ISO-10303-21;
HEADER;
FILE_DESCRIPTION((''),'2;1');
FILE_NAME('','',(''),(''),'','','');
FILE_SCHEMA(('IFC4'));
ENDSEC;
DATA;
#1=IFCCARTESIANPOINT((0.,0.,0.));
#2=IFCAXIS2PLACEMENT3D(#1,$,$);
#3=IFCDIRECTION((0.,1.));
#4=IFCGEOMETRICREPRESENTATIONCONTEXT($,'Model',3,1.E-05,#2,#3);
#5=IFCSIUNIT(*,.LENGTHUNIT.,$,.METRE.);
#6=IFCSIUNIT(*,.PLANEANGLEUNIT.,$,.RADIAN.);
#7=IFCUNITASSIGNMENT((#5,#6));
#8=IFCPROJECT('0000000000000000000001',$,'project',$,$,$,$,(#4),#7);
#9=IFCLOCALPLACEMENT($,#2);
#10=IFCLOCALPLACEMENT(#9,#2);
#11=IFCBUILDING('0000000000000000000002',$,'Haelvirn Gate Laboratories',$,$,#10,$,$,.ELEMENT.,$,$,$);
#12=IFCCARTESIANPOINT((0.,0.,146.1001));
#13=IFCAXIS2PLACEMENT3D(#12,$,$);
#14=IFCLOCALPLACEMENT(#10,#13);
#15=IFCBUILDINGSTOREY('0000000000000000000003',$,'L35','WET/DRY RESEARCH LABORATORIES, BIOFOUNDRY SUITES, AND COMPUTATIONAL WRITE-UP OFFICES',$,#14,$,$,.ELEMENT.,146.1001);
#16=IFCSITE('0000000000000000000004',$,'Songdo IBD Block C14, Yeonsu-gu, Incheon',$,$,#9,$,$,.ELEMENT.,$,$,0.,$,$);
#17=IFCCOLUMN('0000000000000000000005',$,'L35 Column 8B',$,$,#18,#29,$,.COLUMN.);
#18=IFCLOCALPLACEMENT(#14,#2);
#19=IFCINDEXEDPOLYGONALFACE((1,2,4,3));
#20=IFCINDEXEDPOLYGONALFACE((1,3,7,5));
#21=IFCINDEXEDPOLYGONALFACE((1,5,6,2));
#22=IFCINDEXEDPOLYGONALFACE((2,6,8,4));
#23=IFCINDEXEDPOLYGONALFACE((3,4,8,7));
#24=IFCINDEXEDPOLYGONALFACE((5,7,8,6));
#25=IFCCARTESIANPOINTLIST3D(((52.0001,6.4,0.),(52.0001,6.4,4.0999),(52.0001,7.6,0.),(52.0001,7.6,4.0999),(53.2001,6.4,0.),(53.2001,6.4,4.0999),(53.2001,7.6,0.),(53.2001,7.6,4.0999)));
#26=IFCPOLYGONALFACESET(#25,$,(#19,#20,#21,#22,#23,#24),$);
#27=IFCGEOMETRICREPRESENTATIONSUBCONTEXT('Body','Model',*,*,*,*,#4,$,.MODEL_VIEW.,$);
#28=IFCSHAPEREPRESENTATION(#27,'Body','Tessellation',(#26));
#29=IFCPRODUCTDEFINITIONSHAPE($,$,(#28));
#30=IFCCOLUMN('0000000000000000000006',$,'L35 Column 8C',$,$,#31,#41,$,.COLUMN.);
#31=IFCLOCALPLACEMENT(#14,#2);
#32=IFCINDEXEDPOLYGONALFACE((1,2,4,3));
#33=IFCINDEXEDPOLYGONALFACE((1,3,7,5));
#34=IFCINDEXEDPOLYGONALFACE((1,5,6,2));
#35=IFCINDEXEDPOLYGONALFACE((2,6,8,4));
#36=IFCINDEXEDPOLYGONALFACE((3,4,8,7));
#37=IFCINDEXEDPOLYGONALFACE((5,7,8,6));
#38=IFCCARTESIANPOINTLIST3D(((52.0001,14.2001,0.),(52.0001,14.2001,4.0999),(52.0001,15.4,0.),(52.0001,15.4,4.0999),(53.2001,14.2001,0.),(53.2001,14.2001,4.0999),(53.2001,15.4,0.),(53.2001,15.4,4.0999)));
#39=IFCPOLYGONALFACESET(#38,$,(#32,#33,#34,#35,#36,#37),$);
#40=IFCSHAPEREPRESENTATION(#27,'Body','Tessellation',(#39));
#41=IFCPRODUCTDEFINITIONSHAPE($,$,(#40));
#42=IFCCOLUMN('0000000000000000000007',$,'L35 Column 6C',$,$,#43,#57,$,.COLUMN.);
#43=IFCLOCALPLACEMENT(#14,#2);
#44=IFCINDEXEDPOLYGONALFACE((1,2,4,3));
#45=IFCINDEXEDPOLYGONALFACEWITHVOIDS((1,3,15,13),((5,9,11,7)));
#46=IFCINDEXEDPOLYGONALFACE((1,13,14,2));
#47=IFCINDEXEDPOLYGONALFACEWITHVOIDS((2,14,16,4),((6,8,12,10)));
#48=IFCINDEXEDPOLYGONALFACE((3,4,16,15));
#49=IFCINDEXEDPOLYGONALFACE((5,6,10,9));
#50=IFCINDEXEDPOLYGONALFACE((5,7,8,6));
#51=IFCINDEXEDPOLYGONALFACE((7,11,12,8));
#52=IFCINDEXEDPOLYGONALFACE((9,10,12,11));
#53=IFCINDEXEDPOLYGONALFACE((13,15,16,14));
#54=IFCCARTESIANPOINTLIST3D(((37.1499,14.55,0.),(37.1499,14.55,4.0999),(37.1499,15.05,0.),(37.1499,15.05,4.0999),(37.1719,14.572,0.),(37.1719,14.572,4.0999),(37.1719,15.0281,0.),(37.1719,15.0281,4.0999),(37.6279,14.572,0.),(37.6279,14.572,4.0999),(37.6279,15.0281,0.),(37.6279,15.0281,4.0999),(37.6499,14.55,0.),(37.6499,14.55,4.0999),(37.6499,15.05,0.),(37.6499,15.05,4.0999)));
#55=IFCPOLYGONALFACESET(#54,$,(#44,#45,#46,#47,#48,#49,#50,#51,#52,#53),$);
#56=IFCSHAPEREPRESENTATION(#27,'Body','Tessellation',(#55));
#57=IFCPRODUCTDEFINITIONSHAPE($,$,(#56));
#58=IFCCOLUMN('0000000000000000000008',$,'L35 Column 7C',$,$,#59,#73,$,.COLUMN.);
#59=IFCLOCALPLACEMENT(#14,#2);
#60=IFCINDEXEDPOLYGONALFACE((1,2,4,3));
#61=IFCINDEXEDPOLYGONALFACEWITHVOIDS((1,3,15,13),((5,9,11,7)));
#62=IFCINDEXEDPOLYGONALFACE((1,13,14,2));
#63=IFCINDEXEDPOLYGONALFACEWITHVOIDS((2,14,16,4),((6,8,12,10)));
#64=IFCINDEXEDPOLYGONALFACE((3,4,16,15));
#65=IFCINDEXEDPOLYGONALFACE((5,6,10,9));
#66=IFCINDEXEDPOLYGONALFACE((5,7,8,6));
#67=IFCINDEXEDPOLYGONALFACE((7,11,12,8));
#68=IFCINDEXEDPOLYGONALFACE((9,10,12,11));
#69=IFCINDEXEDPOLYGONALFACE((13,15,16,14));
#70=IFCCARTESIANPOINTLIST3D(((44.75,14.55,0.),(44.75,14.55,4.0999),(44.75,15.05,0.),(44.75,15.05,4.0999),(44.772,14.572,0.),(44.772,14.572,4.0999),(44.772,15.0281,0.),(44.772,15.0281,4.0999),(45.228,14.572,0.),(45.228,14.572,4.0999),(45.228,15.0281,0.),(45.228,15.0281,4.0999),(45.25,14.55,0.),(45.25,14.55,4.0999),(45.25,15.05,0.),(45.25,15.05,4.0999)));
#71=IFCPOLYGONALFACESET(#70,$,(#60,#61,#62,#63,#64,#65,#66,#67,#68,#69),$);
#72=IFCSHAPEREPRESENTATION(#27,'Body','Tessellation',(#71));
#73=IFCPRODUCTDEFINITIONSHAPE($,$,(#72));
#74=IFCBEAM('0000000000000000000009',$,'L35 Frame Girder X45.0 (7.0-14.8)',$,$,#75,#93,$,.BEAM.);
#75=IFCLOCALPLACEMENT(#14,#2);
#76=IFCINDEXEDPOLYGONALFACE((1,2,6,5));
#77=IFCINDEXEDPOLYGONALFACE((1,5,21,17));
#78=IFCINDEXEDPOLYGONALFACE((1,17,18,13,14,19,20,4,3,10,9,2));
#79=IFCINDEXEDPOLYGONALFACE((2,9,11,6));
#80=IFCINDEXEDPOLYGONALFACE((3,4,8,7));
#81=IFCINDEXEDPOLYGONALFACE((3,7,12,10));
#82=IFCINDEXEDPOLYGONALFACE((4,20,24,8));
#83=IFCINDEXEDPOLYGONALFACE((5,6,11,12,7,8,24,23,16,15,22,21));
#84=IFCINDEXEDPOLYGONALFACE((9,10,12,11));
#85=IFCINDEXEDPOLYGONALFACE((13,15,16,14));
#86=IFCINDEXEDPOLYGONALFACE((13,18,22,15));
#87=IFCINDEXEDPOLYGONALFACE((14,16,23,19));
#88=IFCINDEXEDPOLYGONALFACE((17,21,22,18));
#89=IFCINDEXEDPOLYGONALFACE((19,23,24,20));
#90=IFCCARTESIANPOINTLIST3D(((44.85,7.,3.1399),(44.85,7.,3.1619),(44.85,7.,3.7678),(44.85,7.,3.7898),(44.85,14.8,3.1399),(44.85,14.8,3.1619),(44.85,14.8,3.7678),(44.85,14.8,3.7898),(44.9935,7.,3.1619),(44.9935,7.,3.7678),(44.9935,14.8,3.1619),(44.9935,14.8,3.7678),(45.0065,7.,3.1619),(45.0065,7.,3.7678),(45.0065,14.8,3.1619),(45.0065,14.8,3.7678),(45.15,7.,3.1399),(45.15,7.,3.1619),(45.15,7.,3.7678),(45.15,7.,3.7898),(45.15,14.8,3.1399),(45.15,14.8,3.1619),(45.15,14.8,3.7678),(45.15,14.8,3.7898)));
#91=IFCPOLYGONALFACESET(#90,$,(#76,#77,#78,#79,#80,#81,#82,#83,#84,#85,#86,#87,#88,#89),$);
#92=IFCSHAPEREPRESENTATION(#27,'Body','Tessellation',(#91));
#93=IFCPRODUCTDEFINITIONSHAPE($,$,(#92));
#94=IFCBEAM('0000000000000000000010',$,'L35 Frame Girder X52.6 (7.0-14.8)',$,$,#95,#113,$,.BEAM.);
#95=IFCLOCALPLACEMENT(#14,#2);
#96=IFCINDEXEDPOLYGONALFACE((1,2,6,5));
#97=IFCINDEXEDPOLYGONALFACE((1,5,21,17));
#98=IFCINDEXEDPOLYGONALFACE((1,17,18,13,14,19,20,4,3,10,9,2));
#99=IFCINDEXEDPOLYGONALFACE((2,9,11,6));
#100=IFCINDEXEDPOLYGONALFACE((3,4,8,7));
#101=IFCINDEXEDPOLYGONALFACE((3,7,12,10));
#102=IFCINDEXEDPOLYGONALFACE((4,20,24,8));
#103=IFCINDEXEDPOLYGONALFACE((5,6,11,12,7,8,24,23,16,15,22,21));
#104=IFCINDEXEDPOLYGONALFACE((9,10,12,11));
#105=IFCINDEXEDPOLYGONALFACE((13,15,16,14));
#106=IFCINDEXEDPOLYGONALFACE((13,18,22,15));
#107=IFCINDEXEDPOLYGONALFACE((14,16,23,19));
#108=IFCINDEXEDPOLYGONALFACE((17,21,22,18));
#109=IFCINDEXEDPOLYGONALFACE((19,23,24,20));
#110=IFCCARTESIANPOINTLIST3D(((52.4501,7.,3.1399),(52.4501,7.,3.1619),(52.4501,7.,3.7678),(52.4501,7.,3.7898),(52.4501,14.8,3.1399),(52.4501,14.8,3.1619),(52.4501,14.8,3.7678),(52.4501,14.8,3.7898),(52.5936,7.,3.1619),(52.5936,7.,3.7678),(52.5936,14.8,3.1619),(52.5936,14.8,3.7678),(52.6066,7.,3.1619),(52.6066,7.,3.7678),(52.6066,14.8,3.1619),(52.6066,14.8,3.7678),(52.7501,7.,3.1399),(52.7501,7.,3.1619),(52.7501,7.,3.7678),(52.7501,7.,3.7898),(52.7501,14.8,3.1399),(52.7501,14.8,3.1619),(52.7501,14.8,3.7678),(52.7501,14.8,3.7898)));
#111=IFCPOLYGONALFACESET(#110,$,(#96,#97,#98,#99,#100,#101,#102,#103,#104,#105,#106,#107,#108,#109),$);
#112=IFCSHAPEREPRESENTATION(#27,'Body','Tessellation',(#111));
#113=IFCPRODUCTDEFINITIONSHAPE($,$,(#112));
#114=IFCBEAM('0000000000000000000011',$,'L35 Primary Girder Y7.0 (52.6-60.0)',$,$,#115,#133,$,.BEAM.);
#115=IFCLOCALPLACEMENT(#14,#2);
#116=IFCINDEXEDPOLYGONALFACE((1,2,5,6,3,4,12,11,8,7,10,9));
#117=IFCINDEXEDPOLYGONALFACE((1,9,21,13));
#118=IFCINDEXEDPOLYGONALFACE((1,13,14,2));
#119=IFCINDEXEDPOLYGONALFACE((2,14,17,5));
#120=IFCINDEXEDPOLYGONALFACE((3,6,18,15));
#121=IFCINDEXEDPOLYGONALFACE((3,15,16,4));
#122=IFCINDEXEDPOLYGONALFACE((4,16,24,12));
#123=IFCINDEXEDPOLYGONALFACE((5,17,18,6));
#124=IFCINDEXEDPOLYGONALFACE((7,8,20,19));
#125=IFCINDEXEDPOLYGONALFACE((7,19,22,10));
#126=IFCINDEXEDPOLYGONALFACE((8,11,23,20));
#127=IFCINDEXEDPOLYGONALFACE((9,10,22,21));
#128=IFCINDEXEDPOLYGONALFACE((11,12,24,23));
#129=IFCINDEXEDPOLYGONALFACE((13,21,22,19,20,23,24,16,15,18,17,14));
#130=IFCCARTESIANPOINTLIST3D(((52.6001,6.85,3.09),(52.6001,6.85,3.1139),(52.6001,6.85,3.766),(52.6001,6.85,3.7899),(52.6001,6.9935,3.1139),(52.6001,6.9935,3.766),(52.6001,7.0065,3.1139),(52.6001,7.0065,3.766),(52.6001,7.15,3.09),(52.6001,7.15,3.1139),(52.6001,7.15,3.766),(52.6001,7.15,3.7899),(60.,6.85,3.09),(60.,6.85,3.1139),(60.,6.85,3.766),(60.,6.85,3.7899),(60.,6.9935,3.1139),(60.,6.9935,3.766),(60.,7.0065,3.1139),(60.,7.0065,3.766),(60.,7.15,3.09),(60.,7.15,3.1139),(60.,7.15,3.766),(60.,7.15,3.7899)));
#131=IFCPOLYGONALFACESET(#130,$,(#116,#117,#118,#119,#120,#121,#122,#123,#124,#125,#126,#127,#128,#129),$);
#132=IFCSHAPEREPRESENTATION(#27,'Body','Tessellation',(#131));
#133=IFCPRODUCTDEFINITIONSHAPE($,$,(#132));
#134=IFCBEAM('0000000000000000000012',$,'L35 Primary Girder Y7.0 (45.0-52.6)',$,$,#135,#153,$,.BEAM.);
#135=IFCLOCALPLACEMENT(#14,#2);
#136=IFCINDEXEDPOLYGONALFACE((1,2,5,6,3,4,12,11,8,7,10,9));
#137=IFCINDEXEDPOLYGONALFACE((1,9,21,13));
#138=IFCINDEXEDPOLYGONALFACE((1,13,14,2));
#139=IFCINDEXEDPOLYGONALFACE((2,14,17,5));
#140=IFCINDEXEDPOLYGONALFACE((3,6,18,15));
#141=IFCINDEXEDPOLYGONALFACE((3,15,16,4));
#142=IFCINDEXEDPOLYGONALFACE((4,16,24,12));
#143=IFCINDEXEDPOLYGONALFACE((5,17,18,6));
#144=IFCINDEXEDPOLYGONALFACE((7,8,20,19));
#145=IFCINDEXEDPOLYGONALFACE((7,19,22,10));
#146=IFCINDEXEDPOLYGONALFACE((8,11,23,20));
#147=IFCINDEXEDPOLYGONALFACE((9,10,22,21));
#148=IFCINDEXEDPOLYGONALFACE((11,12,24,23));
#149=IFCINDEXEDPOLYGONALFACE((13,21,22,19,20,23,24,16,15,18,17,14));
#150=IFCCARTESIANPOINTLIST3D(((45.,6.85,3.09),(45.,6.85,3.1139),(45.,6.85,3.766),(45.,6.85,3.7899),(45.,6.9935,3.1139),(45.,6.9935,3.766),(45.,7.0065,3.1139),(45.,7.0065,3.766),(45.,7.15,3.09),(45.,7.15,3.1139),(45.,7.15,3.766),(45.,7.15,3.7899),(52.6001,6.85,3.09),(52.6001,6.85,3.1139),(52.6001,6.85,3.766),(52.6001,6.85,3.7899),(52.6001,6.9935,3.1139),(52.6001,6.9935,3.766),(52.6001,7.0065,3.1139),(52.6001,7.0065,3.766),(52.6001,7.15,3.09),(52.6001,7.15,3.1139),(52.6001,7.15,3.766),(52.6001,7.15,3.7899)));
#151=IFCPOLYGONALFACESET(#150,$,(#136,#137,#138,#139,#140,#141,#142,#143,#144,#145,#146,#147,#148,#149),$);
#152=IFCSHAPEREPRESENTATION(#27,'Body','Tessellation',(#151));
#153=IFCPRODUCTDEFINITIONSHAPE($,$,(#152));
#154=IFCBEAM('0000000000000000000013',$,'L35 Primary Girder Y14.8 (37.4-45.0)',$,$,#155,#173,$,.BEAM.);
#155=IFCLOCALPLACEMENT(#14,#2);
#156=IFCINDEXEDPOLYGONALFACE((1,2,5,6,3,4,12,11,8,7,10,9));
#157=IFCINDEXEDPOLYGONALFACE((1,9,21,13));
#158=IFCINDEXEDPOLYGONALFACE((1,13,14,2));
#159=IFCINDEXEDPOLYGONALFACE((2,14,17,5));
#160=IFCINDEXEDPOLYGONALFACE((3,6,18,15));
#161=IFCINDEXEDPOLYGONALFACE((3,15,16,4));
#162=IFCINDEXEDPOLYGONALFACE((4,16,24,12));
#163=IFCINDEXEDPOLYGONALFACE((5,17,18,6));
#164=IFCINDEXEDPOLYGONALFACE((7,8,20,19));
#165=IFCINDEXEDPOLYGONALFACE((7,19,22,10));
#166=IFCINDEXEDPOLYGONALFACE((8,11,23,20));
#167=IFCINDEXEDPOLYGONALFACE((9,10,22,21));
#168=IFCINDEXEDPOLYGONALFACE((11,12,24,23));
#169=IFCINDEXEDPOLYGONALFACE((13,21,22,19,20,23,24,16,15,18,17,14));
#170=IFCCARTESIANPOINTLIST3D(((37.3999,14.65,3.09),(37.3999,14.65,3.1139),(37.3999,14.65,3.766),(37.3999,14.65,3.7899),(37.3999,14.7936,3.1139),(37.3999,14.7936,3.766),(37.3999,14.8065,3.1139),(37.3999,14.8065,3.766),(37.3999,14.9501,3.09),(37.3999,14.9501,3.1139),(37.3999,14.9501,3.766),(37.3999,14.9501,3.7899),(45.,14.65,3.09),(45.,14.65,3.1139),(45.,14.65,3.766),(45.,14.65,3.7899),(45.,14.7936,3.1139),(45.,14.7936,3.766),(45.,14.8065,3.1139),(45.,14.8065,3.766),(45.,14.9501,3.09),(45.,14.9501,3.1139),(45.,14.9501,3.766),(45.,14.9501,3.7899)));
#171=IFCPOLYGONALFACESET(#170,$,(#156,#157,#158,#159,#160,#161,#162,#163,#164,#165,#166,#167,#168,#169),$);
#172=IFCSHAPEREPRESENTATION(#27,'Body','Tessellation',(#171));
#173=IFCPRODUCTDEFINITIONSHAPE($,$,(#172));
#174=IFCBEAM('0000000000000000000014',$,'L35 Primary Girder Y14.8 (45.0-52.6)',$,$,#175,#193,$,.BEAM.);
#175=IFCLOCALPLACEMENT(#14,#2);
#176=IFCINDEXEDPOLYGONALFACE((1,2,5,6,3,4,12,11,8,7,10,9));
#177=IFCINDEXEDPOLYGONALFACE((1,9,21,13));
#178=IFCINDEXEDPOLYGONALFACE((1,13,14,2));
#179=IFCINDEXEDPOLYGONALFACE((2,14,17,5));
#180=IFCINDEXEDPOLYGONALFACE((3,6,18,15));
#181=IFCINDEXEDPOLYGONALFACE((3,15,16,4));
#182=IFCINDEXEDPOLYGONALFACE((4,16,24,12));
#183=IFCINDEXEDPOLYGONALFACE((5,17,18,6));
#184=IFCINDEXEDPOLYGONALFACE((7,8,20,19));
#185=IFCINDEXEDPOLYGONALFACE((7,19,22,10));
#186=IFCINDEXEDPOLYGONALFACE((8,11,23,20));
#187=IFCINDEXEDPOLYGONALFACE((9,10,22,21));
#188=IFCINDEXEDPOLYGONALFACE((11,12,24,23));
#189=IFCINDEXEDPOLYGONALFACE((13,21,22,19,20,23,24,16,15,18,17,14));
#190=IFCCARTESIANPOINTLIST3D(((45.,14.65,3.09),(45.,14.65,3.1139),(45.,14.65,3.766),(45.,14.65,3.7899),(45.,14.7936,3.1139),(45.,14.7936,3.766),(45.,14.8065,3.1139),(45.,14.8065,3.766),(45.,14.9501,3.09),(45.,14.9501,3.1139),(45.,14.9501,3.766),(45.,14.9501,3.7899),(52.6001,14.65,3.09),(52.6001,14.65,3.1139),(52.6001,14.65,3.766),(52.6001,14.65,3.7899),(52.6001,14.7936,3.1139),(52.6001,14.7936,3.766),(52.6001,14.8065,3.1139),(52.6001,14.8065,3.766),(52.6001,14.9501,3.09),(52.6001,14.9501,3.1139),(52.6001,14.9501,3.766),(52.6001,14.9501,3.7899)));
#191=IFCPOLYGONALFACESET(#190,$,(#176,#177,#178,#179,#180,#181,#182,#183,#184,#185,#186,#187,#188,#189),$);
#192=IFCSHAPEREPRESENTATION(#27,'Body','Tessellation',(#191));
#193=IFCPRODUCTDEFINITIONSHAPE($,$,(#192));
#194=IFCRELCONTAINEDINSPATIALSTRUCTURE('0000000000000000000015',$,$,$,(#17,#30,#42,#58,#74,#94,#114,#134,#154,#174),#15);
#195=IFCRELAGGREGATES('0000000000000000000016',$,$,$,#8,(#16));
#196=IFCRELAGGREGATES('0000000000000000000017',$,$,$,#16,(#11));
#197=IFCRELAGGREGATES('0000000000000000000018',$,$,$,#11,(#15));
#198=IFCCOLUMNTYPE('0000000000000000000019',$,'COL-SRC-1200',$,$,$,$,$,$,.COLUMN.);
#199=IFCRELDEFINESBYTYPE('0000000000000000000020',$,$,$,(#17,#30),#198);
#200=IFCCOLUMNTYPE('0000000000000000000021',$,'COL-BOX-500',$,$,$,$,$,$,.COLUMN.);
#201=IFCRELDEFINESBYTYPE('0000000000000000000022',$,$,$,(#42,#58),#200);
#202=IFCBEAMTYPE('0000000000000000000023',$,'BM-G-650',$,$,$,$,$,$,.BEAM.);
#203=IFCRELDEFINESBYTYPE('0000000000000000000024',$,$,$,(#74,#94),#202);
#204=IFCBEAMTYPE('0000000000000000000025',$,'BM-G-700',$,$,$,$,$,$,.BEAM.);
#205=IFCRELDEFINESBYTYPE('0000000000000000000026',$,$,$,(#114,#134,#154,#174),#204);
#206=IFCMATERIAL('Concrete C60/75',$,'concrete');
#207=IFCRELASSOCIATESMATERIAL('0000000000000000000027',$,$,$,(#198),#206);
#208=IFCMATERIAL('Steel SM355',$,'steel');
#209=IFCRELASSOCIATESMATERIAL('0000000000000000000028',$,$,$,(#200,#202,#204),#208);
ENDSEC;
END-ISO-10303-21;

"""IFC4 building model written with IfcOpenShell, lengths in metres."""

from ifc_helpers import new_model, si_unit, direction, frame, origin, origin_2d, place, context, subcontext, project, spatial, rectangle, hollow_rectangle, i_section, extrude, source, transform, mapped, material, material_profile, profile_set, type_object, type_shapes, element, save


model = new_model("IFC4")

# Units and contexts
model_context = context("Model", 3, precision=1e-05, world=origin(), true_north=direction((0.0, 1.0)))
body_context = subcontext(model_context, "Body", "Model", "MODEL_VIEW")
ifc_project = project(units=[si_unit("LENGTHUNIT", "METRE"), si_unit("PLANEANGLEUNIT", "RADIAN")], contexts=[model_context])

# Site, building, storey
site_placement = place(None, origin())
site = spatial("IfcSite", under=ifc_project, at=site_placement, Name="Songdo IBD Block C14, Yeonsu-gu, Incheon", CompositionType="ELEMENT", RefElevation=0.0)
building_placement = place(site_placement, origin())
building = spatial("IfcBuilding", under=site, at=building_placement, Name="Haelvirn Gate Laboratories", CompositionType="ELEMENT")
storey_placement = place(building_placement, frame((0.0, 0.0, 146.1001)))
storey = spatial("IfcBuildingStorey", under=building, at=storey_placement, Name="L35", Description="WET/DRY RESEARCH LABORATORIES, BIOFOUNDRY SUITES, AND COMPUTATIONAL WRITE-UP OFFICES", CompositionType="ELEMENT", Elevation=146.1001)

# Columns
ifc_material_1 = material(Name="Concrete C60/75", Category="concrete")
ifc_material_profile_1 = material_profile(ifc_material_1, rectangle(XDim=1.2, YDim=1.2, at=origin_2d()), Name="SRC-1200x1200")
ifc_profile_set_1 = profile_set([ifc_material_profile_1], Name="Concrete C60/75")
column_type_1 = type_object("IfcColumnType", Name="COL-SRC-1200", PredefinedType="COLUMN", material=ifc_profile_set_1)
shared_shape_1 = source(origin(), body_context, "Body", "SweptSolid", [
    extrude(rectangle(XDim=1.2, YDim=1.2, at=origin_2d()), origin(), (0.0, 0.0, 1.0), 4.0999),
])
type_shapes(column_type_1, [shared_shape_1])
for number, where, z_axis, x_axis, name in (
    (1, (52.6001, 7.0, 0.0), (0.0, 0.0, 1.0), (1.0, 0.0, 0.0), "L35 Column 8B"),
    (2, (52.6001, 14.8, 0.0), (0.0, 0.0, 1.0), (1.0, 0.0, 0.0), "L35 Column 8C"),
):
    element("IfcColumn", number, at=place(storey_placement, frame(where, z_axis=z_axis, x_axis=x_axis)), inside=storey, type_object=column_type_1, Name=name, PredefinedType="COLUMN", context=body_context, shape_type="MappedRepresentation", body=[
        mapped(shared_shape_1, transform((0.0, 0.0, 0.0), scale=1.0)),
    ])
ifc_material_2 = material(Name="Steel SM355", Category="steel")
ifc_material_profile_2 = material_profile(ifc_material_2, hollow_rectangle(XDim=0.5, YDim=0.5, WallThickness=0.022, at=origin_2d()), Name="BOX-500x500x22")
ifc_profile_set_2 = profile_set([ifc_material_profile_2], Name="Steel SM355")
column_type_2 = type_object("IfcColumnType", Name="COL-BOX-500", PredefinedType="COLUMN", material=ifc_profile_set_2)
shared_shape_2 = source(origin(), body_context, "Body", "SweptSolid", [
    extrude(hollow_rectangle(XDim=0.5, YDim=0.5, WallThickness=0.022, at=origin_2d()), origin(), (0.0, 0.0, 1.0), 4.0999),
])
type_shapes(column_type_2, [shared_shape_2])
for number, where, z_axis, x_axis, name in (
    (3, (37.3999, 14.8, 0.0), (0.0, 0.0, 1.0), (1.0, 0.0, 0.0), "L35 Column 6C"),
    (4, (45.0, 14.8, 0.0), (0.0, 0.0, 1.0), (1.0, 0.0, 0.0), "L35 Column 7C"),
):
    element("IfcColumn", number, at=place(storey_placement, frame(where, z_axis=z_axis, x_axis=x_axis)), inside=storey, type_object=column_type_2, Name=name, PredefinedType="COLUMN", context=body_context, shape_type="MappedRepresentation", body=[
        mapped(shared_shape_2, transform((0.0, 0.0, 0.0), scale=1.0)),
    ])

# Beams
ifc_material_profile_3 = material_profile(ifc_material_2, i_section(OverallWidth=0.3, OverallDepth=0.6499, WebThickness=0.0129, FlangeThickness=0.022, at=origin_2d()), Name="H-650x300x13x22")
ifc_profile_set_3 = profile_set([ifc_material_profile_3], Name="Steel SM355")
beam_type_1 = type_object("IfcBeamType", Name="BM-G-650", PredefinedType="BEAM", material=ifc_profile_set_3)
shared_shape_3 = source(origin(), body_context, "Body", "SweptSolid", [
    extrude(i_section(OverallWidth=0.3, OverallDepth=0.6499, WebThickness=0.0129, FlangeThickness=0.022, at=origin_2d()), origin(), (0.0, 0.0, 1.0), 7.8),
])
type_shapes(beam_type_1, [shared_shape_3])
for number, where, z_axis, x_axis, name in (
    (5, (45.0, 7.0, 3.4648), (0.0, 1.0, 0.0), (-1.0, 0.0, 0.0), "L35 Frame Girder X45.0 (7.0-14.8)"),
    (6, (52.6001, 7.0, 3.4648), (0.0, 1.0, 0.0), (-1.0, 0.0, 0.0), "L35 Frame Girder X52.6 (7.0-14.8)"),
):
    element("IfcBeam", number, at=place(storey_placement, frame(where, z_axis=z_axis, x_axis=x_axis)), inside=storey, type_object=beam_type_1, Name=name, PredefinedType="BEAM", context=body_context, shape_type="MappedRepresentation", body=[
        mapped(shared_shape_3, transform((0.0, 0.0, 0.0), scale=1.0)),
    ])
ifc_material_profile_4 = material_profile(ifc_material_2, i_section(OverallWidth=0.3, OverallDepth=0.7, WebThickness=0.0129, FlangeThickness=0.0239, at=origin_2d()), Name="H-700x300x13x24")
ifc_profile_set_4 = profile_set([ifc_material_profile_4], Name="Steel SM355")
beam_type_2 = type_object("IfcBeamType", Name="BM-G-700", PredefinedType="BEAM", material=ifc_profile_set_4)
shared_shape_4 = source(origin(), body_context, "Body", "SweptSolid", [
    extrude(i_section(OverallWidth=0.3, OverallDepth=0.7, WebThickness=0.0129, FlangeThickness=0.0239, at=origin_2d()), origin(), (0.0, 0.0, 1.0), 7.3999),
])
beam_placement = place(storey_placement, frame((52.6001, 7.0, 3.4399), z_axis=(1.0, 0.0, 0.0), x_axis=(0.0, 1.0, 0.0)))
element("IfcBeam", 7, at=beam_placement, inside=storey, type_object=beam_type_2, Name="L35 Primary Girder Y7.0 (52.6-60.0)", PredefinedType="BEAM", context=body_context, shape_type="MappedRepresentation", body=[
    mapped(shared_shape_4, transform((0.0, 0.0, 0.0), scale=1.0)),
])
shared_shape_5 = source(origin(), body_context, "Body", "SweptSolid", [
    extrude(i_section(OverallWidth=0.3, OverallDepth=0.7, WebThickness=0.0129, FlangeThickness=0.0239, at=origin_2d()), origin(), (0.0, 0.0, 1.0), 7.6001),
])
type_shapes(beam_type_2, [shared_shape_4, shared_shape_5])
for number, where, z_axis, x_axis, name in (
    (8, (45.0, 7.0, 3.4399), (1.0, 0.0, 0.0), (0.0, 1.0, 0.0), "L35 Primary Girder Y7.0 (45.0-52.6)"),
    (9, (37.3999, 14.8, 3.4399), (1.0, 0.0, 0.0), (0.0, 1.0, 0.0), "L35 Primary Girder Y14.8 (37.4-45.0)"),
    (10, (45.0, 14.8, 3.4399), (1.0, 0.0, 0.0), (0.0, 1.0, 0.0), "L35 Primary Girder Y14.8 (45.0-52.6)"),
):
    element("IfcBeam", number, at=place(storey_placement, frame(where, z_axis=z_axis, x_axis=x_axis)), inside=storey, type_object=beam_type_2, Name=name, PredefinedType="BEAM", context=body_context, shape_type="MappedRepresentation", body=[
        mapped(shared_shape_5, transform((0.0, 0.0, 0.0), scale=1.0)),
    ])

save(model, "model.ifc")
